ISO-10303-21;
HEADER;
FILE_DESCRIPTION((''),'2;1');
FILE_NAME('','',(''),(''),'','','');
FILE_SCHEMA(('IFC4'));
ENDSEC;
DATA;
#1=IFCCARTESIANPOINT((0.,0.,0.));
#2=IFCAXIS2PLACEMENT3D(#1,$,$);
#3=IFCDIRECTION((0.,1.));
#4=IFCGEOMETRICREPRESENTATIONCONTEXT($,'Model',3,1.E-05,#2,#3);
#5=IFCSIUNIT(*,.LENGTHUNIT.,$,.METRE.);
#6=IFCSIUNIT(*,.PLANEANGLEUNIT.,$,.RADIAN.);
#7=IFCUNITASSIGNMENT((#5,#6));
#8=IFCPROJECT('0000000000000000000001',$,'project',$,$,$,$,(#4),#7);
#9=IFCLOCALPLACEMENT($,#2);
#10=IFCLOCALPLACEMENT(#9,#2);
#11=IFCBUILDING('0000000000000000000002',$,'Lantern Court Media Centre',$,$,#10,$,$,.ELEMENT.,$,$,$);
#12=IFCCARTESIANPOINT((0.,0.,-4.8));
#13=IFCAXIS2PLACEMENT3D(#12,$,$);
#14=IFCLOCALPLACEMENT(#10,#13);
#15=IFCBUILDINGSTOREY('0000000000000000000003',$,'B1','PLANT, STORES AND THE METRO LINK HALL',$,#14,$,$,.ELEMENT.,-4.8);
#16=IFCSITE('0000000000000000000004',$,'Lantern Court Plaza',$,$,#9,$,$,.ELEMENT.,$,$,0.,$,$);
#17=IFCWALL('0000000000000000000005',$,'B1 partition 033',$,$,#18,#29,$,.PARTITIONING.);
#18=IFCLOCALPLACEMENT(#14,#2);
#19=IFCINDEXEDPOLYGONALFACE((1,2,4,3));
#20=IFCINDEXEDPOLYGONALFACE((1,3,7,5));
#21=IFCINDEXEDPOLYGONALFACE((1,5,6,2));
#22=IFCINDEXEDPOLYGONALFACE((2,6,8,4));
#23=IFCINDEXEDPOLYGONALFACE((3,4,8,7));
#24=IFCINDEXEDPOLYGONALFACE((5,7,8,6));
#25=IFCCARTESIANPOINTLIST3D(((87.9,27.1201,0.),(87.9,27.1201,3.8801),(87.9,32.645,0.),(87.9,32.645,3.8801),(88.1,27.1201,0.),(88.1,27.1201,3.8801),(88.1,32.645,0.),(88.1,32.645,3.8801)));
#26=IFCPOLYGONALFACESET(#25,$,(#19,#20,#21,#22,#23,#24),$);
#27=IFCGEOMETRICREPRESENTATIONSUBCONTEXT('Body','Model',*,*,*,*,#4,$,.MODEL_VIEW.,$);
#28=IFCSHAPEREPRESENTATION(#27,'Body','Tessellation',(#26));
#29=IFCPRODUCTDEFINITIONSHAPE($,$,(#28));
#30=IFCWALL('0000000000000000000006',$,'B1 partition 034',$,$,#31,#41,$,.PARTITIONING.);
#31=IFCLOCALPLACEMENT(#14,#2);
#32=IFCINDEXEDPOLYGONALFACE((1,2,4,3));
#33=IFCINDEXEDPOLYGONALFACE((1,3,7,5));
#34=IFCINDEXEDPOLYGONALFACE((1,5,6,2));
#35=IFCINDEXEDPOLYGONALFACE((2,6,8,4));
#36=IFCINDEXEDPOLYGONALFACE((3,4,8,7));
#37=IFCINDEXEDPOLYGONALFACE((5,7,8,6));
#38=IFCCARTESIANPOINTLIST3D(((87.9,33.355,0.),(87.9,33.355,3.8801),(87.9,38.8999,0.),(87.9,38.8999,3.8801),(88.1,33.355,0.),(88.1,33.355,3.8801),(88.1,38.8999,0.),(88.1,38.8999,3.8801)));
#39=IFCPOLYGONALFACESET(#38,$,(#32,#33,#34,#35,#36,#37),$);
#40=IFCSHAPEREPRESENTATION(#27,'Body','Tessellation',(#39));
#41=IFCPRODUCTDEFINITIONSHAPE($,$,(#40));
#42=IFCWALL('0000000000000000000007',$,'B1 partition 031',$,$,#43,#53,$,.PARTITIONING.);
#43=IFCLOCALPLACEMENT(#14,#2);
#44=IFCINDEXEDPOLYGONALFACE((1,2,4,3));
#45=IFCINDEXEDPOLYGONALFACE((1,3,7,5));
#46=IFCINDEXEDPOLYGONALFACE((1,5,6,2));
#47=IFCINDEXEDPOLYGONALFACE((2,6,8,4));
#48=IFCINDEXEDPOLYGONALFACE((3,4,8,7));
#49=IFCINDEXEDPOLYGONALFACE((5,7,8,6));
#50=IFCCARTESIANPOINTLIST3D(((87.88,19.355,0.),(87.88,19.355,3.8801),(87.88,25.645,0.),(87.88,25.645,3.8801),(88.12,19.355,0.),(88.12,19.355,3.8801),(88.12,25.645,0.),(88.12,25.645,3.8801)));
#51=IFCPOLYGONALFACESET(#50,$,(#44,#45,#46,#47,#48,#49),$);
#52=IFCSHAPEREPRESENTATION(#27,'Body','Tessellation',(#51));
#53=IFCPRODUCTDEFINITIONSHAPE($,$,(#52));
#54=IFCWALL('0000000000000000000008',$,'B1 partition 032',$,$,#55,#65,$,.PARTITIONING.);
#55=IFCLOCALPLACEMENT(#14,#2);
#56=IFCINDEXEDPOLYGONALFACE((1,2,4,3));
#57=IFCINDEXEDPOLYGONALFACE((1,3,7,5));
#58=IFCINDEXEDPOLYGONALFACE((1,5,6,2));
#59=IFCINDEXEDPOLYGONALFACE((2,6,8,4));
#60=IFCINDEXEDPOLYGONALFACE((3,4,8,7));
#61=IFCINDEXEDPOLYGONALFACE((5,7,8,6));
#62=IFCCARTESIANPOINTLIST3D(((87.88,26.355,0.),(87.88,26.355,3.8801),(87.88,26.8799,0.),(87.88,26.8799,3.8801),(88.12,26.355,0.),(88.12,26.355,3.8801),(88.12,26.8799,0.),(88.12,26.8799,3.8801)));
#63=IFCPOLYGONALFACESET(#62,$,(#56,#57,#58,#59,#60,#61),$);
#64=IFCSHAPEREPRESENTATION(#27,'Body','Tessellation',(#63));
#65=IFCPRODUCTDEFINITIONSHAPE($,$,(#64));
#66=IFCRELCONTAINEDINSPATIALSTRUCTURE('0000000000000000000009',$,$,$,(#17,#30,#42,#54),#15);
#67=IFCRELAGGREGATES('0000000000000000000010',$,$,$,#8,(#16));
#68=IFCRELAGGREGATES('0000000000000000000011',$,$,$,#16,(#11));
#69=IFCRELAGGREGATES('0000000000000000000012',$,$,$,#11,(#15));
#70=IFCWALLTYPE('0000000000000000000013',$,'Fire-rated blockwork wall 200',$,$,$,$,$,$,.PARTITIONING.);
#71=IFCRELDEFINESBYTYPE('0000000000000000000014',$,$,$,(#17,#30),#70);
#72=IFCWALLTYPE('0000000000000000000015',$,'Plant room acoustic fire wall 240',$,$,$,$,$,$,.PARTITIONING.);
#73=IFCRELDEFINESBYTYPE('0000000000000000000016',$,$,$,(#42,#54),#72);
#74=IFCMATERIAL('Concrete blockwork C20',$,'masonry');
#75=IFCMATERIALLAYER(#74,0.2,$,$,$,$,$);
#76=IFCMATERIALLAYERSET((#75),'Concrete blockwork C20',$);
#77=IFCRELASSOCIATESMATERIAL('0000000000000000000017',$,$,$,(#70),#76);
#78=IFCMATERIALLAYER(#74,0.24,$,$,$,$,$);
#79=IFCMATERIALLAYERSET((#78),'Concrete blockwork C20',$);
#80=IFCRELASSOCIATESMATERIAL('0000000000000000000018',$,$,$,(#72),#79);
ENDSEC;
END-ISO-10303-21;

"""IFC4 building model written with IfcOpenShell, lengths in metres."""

from ifc_helpers import new_model, si_unit, direction, frame, frame_2d, origin, place, context, subcontext, project, spatial, rectangle, extrude, material, layer, layer_set, type_object, element, save


model = new_model("IFC4")

# Units and contexts
model_context = context("Model", 3, precision=1e-05, world=origin(), true_north=direction((0.0, 1.0)))
body_context = subcontext(model_context, "Body", "Model", "MODEL_VIEW")
ifc_project = project(units=[si_unit("LENGTHUNIT", "METRE"), si_unit("PLANEANGLEUNIT", "RADIAN")], contexts=[model_context])

# Site, building, storey
site_placement = place(None, origin())
site = spatial("IfcSite", under=ifc_project, at=site_placement, Name="Lantern Court Plaza", CompositionType="ELEMENT", RefElevation=0.0)
building_placement = place(site_placement, origin())
building = spatial("IfcBuilding", under=site, at=building_placement, Name="Lantern Court Media Centre", CompositionType="ELEMENT")
storey_placement = place(building_placement, frame((0.0, 0.0, -4.8)))
storey = spatial("IfcBuildingStorey", under=building, at=storey_placement, Name="B1", Description="PLANT, STORES AND THE METRO LINK HALL", CompositionType="ELEMENT", Elevation=-4.8)

# Walls
ifc_material_1 = material(Name="Concrete blockwork C20", Category="masonry")
ifc_layer_1 = layer(ifc_material_1, 0.2)
ifc_layer_set_1 = layer_set([ifc_layer_1], Name="Concrete blockwork C20")
wall_type_1 = type_object("IfcWallType", Name="Fire-rated blockwork wall 200", PredefinedType="PARTITIONING", material=ifc_layer_set_1)
wall_1_placement = place(storey_placement, frame((88.0, 27.1201, 0.0), z_axis=(0.0, 0.0, 1.0), x_axis=(0.0, 1.0, 0.0)))
element("IfcWall", 1, at=wall_1_placement, inside=storey, type_object=wall_type_1, Name="B1 partition 033", PredefinedType="PARTITIONING", context=body_context, shape_type="SweptSolid", body=[
    extrude(rectangle(XDim=5.5249, YDim=0.2, at=frame_2d((2.7625, 0.0))), origin(), (0.0, 0.0, 1.0), 3.8801),
])
wall_2_placement = place(storey_placement, frame((88.0, 33.355, 0.0), z_axis=(0.0, 0.0, 1.0), x_axis=(0.0, 1.0, 0.0)))
element("IfcWall", 2, at=wall_2_placement, inside=storey, type_object=wall_type_1, Name="B1 partition 034", PredefinedType="PARTITIONING", context=body_context, shape_type="SweptSolid", body=[
    extrude(rectangle(XDim=5.5449, YDim=0.2, at=frame_2d((2.7725, 0.0))), origin(), (0.0, 0.0, 1.0), 3.8801),
])
ifc_layer_2 = layer(ifc_material_1, 0.24)
ifc_layer_set_2 = layer_set([ifc_layer_2], Name="Concrete blockwork C20")
wall_type_2 = type_object("IfcWallType", Name="Plant room acoustic fire wall 240", PredefinedType="PARTITIONING", material=ifc_layer_set_2)
wall_3_placement = place(storey_placement, frame((88.0, 19.355, 0.0), z_axis=(0.0, 0.0, 1.0), x_axis=(0.0, 1.0, 0.0)))
element("IfcWall", 3, at=wall_3_placement, inside=storey, type_object=wall_type_2, Name="B1 partition 031", PredefinedType="PARTITIONING", context=body_context, shape_type="SweptSolid", body=[
    extrude(rectangle(XDim=6.29, YDim=0.24, at=frame_2d((3.145, 0.0))), origin(), (0.0, 0.0, 1.0), 3.8801),
])
wall_4_placement = place(storey_placement, frame((88.0, 26.355, 0.0), z_axis=(0.0, 0.0, 1.0), x_axis=(0.0, 1.0, 0.0)))
element("IfcWall", 4, at=wall_4_placement, inside=storey, type_object=wall_type_2, Name="B1 partition 032", PredefinedType="PARTITIONING", context=body_context, shape_type="SweptSolid", body=[
    extrude(rectangle(XDim=0.5249, YDim=0.24, at=frame_2d((0.2625, 0.0))), origin(), (0.0, 0.0, 1.0), 3.8801),
])

save(model, "model.ifc")
